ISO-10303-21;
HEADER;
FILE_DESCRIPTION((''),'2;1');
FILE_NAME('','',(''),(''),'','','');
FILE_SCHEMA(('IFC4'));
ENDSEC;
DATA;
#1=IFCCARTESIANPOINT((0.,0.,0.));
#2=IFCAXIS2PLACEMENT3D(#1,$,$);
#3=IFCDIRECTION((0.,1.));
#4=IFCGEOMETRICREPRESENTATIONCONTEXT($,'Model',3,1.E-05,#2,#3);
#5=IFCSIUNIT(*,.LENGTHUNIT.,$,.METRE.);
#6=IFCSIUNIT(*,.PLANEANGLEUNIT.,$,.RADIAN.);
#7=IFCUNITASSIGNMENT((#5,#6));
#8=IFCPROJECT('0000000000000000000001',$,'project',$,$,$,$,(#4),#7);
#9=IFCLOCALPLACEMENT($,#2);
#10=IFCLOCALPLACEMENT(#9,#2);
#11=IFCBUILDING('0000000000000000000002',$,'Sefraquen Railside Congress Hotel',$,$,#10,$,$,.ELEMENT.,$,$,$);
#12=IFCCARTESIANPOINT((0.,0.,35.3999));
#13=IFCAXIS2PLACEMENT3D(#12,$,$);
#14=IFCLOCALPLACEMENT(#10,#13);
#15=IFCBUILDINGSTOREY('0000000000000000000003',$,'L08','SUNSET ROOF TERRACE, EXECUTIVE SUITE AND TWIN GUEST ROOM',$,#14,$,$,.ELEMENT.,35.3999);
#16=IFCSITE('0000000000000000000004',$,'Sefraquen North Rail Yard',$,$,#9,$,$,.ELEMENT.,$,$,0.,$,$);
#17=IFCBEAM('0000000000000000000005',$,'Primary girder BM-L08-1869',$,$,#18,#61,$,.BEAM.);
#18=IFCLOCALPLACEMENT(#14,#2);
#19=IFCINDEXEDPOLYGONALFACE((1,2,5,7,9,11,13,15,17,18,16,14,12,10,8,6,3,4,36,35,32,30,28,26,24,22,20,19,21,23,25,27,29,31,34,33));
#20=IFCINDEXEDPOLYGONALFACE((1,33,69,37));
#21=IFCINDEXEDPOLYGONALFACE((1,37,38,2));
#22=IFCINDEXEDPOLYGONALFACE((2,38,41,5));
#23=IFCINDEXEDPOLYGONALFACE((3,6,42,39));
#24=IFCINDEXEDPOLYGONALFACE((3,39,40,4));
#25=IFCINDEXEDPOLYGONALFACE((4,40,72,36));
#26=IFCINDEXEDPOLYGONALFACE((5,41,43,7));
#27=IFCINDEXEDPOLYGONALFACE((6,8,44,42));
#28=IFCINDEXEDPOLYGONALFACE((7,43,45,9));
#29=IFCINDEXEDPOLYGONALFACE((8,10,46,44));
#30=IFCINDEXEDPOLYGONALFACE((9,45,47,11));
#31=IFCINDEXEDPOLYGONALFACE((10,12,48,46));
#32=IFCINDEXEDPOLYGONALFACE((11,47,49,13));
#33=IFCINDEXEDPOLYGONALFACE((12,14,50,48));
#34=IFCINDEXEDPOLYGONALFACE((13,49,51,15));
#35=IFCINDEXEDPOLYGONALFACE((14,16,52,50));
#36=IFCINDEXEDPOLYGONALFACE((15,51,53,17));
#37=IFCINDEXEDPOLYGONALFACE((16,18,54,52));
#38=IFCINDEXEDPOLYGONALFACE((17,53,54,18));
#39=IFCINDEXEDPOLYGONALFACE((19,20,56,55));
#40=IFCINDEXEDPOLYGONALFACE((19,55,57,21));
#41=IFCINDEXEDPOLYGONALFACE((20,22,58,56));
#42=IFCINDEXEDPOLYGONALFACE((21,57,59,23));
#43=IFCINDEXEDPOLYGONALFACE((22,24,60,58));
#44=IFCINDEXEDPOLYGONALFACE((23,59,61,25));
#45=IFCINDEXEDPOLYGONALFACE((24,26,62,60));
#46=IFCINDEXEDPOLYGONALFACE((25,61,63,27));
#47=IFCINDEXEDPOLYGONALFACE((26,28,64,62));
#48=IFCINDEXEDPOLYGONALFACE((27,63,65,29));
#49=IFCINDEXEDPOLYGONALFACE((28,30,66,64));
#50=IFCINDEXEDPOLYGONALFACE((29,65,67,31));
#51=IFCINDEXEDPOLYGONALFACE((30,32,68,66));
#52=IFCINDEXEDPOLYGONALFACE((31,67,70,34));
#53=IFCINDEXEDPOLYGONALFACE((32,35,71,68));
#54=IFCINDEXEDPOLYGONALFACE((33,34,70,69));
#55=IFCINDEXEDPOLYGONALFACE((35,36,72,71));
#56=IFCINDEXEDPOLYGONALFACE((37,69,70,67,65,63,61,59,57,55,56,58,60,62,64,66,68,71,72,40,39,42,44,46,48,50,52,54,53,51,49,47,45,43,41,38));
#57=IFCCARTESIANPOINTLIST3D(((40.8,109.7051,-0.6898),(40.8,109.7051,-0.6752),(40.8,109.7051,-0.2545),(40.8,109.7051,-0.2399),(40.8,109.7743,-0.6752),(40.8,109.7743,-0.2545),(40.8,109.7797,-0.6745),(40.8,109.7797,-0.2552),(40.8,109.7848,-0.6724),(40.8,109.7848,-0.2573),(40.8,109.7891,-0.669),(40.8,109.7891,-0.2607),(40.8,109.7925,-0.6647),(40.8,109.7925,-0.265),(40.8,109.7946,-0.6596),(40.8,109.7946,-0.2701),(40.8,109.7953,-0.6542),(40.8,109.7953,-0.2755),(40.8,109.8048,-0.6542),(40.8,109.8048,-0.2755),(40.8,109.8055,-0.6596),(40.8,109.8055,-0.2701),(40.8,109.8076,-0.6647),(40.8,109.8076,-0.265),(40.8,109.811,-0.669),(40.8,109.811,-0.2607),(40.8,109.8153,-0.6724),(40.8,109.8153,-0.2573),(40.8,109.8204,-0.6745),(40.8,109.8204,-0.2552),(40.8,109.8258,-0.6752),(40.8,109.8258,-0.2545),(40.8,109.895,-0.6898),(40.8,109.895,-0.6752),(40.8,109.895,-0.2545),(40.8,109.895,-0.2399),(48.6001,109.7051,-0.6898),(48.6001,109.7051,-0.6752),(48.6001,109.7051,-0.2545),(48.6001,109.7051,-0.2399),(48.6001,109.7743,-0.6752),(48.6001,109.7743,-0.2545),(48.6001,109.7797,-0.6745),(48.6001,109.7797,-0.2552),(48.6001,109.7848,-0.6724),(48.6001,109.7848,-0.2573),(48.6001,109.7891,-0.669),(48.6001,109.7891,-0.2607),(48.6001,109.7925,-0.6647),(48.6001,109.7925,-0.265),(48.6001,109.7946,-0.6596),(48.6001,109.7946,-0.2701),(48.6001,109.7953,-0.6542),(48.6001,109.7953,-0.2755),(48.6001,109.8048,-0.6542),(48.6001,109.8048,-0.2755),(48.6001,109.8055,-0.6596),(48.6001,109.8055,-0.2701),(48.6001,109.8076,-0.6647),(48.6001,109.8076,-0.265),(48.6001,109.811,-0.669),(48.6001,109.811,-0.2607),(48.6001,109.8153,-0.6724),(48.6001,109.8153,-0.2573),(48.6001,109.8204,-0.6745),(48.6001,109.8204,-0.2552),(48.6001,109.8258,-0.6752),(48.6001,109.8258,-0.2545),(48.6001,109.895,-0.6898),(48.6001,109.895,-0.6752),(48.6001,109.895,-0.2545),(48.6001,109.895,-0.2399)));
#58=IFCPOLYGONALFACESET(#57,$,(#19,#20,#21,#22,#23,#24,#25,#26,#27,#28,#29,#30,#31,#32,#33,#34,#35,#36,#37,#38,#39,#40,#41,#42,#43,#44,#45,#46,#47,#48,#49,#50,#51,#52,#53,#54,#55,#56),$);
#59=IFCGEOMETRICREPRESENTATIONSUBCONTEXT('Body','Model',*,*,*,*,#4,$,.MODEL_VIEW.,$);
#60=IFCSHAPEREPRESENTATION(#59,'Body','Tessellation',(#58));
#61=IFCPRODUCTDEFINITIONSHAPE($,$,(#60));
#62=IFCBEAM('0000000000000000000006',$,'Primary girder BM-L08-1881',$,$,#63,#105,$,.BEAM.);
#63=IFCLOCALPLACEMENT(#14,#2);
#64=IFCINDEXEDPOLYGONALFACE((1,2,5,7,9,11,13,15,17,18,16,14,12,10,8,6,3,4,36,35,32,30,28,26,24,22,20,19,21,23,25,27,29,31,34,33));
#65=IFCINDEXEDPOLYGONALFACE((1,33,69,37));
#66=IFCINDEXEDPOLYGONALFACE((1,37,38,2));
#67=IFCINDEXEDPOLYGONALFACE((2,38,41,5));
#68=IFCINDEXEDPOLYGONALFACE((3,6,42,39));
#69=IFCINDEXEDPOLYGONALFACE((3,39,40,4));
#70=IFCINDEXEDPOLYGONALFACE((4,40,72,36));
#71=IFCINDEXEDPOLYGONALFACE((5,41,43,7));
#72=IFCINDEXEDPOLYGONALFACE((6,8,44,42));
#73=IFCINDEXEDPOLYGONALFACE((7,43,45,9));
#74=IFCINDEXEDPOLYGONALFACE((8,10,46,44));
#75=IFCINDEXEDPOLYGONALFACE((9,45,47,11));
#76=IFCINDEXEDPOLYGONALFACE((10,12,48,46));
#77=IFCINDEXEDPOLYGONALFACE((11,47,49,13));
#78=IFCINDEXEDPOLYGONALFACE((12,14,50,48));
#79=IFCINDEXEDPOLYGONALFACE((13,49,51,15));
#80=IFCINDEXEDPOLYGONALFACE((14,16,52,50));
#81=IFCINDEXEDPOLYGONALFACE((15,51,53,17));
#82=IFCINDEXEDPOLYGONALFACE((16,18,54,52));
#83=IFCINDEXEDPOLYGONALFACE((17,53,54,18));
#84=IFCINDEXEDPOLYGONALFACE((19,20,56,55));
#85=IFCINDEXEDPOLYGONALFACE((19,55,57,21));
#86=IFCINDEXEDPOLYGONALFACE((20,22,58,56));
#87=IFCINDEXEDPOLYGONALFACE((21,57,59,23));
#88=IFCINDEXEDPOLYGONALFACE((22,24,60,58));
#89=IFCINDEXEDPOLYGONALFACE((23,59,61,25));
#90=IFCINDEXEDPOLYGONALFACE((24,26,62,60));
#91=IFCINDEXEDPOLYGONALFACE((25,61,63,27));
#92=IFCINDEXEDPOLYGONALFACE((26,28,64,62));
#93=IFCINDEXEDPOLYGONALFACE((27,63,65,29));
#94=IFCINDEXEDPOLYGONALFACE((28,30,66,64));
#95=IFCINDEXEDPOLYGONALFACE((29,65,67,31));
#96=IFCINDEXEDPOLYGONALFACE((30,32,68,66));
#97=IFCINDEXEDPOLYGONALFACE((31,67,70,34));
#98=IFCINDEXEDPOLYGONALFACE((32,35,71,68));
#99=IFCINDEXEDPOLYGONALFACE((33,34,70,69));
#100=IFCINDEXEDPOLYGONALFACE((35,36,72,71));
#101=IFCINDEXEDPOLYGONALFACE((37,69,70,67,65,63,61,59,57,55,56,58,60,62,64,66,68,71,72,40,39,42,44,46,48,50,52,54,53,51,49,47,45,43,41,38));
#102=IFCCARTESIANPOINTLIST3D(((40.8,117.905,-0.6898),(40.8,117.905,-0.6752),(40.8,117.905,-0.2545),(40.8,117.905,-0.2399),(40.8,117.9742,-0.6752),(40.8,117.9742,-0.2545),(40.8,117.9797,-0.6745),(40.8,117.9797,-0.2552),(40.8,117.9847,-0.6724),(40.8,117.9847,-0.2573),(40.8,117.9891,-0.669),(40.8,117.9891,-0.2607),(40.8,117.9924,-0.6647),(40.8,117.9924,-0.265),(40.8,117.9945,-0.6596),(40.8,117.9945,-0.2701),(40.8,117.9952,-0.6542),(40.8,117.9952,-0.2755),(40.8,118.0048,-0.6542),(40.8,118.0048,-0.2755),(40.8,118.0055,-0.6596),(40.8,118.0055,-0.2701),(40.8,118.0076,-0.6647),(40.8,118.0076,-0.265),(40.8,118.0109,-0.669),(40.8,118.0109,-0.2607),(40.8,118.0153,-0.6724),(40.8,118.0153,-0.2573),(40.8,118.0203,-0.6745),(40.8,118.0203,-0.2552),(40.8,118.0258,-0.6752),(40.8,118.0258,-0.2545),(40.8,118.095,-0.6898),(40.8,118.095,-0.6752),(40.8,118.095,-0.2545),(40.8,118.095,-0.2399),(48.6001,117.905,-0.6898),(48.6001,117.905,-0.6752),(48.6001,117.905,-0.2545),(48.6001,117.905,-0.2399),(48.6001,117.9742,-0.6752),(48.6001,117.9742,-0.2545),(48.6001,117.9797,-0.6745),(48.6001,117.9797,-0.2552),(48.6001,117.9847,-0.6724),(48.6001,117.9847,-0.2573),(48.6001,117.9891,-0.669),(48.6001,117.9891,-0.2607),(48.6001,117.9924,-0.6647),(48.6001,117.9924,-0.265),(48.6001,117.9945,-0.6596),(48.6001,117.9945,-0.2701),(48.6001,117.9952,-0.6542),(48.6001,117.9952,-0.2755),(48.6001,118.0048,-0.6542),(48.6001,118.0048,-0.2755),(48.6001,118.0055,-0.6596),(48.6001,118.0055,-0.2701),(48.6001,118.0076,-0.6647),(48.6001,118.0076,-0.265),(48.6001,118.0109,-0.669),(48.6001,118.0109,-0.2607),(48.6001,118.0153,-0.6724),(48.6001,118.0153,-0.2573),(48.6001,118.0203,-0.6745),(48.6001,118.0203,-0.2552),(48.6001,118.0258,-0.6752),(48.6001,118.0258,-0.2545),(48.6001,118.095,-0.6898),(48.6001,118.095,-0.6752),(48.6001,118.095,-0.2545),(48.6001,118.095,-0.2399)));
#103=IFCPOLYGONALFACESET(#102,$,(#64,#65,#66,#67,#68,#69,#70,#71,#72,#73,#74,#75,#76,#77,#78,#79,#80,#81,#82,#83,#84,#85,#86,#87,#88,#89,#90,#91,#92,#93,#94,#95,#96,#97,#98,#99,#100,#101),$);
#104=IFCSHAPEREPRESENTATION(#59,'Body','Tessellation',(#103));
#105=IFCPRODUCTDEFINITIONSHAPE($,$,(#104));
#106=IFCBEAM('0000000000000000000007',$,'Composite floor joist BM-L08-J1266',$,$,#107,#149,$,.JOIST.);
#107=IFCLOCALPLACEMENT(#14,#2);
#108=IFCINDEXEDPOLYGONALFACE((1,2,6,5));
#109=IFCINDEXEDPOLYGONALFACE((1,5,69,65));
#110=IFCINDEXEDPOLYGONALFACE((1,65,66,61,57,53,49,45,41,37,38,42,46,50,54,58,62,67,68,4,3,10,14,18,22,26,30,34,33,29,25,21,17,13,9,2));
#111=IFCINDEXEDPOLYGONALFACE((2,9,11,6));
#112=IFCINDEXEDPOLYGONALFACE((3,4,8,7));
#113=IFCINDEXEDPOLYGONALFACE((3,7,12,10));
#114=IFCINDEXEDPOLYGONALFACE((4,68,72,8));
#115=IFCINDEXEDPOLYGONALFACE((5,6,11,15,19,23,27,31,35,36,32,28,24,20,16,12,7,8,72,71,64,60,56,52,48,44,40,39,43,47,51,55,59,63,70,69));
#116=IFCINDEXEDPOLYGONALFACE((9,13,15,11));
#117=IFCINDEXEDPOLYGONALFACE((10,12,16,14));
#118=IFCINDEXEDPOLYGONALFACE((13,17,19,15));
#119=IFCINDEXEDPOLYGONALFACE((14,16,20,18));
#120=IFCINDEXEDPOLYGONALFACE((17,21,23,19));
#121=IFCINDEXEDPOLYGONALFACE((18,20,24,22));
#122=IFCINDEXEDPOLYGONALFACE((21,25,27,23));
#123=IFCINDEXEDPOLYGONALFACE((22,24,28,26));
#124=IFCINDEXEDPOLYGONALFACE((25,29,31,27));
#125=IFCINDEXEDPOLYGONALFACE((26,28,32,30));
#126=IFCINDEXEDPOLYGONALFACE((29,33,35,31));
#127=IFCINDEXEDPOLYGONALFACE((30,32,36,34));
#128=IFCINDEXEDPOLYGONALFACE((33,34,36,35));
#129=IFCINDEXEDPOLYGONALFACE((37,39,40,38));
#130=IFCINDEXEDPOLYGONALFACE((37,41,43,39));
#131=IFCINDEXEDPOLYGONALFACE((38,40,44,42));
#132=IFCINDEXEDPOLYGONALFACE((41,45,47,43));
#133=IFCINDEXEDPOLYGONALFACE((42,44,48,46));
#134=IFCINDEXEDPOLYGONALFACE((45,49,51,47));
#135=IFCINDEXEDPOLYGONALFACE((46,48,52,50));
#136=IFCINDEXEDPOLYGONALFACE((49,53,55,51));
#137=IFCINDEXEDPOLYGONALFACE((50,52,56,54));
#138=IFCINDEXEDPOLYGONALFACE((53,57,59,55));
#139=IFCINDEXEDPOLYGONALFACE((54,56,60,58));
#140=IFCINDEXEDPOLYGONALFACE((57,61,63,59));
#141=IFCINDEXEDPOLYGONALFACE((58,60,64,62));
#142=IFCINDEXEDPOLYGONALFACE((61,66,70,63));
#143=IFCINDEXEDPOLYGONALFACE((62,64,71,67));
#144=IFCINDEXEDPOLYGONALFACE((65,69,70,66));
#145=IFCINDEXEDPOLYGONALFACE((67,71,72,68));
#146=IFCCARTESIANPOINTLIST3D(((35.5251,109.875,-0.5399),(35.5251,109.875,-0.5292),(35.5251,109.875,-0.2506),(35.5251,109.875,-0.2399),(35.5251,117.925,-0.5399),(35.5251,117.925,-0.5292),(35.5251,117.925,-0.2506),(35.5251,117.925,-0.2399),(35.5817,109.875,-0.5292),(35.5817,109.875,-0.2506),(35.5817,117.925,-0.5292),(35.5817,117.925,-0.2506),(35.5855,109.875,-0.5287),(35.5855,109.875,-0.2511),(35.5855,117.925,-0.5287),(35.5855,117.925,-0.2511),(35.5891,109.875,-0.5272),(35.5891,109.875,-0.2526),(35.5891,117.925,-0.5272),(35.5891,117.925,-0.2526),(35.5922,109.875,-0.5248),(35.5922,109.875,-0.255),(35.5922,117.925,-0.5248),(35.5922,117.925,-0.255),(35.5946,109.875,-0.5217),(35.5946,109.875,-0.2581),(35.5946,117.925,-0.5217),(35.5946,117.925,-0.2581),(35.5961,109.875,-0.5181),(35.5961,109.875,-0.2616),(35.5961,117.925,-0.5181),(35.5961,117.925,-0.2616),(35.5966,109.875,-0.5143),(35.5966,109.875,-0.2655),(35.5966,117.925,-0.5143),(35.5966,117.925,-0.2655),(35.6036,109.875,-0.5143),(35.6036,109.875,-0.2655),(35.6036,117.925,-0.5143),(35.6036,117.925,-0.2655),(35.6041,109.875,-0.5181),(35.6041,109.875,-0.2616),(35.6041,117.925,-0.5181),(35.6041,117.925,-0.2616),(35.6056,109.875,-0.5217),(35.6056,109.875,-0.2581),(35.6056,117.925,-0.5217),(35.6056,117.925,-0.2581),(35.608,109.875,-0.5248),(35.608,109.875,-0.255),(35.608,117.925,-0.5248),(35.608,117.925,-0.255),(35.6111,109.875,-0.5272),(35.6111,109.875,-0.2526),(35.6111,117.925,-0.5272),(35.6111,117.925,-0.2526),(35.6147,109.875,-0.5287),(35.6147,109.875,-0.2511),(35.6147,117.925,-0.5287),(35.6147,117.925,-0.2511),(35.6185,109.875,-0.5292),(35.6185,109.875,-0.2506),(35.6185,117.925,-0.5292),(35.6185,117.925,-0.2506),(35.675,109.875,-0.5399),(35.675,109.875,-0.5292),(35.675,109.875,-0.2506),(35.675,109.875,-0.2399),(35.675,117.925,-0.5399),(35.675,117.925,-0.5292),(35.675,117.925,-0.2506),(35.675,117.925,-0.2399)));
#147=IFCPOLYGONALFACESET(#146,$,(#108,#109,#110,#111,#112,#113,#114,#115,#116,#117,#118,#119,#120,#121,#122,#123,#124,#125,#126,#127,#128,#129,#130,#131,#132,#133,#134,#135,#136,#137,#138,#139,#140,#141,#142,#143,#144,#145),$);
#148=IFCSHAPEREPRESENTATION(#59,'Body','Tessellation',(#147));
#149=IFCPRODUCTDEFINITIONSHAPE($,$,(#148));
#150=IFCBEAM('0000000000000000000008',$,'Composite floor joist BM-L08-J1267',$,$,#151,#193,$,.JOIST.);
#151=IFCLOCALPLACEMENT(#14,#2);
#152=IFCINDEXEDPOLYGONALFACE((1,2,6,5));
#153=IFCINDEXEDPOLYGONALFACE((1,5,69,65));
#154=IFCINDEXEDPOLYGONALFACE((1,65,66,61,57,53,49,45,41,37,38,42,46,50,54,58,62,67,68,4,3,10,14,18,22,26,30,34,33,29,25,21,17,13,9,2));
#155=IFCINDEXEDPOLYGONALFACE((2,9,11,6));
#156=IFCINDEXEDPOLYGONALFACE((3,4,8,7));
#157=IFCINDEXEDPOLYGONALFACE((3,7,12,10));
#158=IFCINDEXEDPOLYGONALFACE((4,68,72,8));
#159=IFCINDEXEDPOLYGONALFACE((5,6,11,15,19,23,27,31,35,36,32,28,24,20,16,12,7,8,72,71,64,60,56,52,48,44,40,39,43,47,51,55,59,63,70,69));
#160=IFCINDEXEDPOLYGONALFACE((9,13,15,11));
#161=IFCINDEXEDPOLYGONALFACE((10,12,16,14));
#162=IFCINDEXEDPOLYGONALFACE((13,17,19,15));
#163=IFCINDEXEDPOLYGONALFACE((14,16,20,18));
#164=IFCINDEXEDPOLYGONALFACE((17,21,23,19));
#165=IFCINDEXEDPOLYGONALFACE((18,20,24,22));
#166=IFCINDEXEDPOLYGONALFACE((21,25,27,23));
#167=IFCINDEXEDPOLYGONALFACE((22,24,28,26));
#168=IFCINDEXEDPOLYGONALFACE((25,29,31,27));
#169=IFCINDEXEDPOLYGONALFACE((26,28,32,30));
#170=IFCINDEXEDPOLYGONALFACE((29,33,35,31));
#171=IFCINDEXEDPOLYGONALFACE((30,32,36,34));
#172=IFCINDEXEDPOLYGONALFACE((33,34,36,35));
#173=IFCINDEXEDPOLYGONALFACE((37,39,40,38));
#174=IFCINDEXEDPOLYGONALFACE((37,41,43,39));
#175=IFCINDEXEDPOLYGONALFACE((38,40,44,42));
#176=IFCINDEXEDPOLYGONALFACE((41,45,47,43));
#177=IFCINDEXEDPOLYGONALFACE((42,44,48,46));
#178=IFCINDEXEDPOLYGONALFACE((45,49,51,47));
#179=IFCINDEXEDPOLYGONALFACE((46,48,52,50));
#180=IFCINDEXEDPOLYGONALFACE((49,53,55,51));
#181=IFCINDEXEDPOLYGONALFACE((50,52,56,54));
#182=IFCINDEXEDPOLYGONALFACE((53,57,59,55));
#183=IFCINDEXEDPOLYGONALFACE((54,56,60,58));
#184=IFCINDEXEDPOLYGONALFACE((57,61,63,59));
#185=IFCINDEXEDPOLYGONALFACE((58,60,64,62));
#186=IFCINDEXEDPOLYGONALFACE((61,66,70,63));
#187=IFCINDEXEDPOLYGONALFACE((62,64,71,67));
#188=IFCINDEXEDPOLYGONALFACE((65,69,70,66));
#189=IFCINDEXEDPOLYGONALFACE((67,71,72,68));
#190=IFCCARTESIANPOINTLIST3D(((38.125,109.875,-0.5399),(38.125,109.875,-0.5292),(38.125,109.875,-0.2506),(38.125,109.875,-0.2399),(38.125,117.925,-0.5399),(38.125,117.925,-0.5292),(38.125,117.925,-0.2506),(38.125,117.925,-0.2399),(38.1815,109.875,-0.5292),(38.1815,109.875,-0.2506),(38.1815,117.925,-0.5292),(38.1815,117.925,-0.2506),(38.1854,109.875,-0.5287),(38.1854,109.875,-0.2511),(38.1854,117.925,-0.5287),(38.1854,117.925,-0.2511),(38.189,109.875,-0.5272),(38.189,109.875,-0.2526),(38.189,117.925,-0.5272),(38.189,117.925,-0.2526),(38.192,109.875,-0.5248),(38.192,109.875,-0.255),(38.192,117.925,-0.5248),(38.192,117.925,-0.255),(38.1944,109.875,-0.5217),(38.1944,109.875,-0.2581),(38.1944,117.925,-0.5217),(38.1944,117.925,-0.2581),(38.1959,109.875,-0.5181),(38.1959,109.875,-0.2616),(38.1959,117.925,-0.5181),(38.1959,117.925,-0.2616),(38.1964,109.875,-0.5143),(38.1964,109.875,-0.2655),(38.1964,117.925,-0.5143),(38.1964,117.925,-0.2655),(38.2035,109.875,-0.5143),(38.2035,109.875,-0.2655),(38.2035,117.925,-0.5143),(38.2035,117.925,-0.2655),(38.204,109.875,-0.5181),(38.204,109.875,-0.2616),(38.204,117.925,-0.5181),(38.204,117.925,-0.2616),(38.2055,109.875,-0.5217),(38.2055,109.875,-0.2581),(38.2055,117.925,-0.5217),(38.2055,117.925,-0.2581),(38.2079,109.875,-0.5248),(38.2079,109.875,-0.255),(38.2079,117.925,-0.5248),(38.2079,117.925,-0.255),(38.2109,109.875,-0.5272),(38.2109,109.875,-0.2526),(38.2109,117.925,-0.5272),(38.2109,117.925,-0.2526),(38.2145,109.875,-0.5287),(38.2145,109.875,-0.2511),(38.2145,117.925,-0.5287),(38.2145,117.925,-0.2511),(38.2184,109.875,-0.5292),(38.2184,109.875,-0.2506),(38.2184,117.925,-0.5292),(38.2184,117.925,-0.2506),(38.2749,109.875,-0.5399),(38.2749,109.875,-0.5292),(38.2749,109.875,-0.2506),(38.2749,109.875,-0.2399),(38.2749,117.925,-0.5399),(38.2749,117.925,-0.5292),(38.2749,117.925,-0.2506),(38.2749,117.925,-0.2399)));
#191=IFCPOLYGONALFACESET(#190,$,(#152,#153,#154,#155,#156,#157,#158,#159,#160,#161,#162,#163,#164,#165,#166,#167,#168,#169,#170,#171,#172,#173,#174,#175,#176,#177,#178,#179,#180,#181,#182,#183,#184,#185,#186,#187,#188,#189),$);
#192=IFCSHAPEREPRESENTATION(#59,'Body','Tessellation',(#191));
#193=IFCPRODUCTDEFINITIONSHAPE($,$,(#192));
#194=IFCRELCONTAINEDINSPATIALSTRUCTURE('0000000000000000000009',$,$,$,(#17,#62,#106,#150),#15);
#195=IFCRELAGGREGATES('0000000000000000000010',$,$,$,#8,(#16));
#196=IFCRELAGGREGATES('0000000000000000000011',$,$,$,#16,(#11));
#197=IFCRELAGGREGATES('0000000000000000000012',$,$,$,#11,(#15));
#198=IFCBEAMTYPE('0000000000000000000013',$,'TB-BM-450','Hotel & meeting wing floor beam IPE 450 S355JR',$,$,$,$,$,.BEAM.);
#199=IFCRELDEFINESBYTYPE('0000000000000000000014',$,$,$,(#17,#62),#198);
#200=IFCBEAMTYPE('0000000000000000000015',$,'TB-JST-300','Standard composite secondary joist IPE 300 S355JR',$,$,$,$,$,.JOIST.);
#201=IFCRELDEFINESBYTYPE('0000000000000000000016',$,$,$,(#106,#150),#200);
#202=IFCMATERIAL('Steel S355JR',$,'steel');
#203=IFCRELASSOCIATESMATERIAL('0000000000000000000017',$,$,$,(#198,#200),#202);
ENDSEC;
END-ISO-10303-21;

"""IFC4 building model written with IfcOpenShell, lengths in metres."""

from ifc_helpers import new_model, si_unit, direction, frame, origin, origin_2d, place, context, subcontext, project, spatial, i_section, extrude, material, material_profile, profile_set, type_object, element, save


model = new_model("IFC4")

# Units and contexts
model_context = context("Model", 3, precision=1e-05, world=origin(), true_north=direction((0.0, 1.0)))
body_context = subcontext(model_context, "Body", "Model", "MODEL_VIEW")
ifc_project = project(units=[si_unit("LENGTHUNIT", "METRE"), si_unit("PLANEANGLEUNIT", "RADIAN")], contexts=[model_context])

# Site, building, storey
site_placement = place(None, origin())
site = spatial("IfcSite", under=ifc_project, at=site_placement, Name="Sefraquen North Rail Yard", CompositionType="ELEMENT", RefElevation=0.0)
building_placement = place(site_placement, origin())
building = spatial("IfcBuilding", under=site, at=building_placement, Name="Sefraquen Railside Congress Hotel", CompositionType="ELEMENT")
storey_placement = place(building_placement, frame((0.0, 0.0, 35.3999)))
storey = spatial("IfcBuildingStorey", under=building, at=storey_placement, Name="L08", Description="SUNSET ROOF TERRACE, EXECUTIVE SUITE AND TWIN GUEST ROOM", CompositionType="ELEMENT", Elevation=35.3999)

# Shared definitions
ifc_material_1 = material(Name="Steel S355JR", Category="steel")

# Beams
ifc_material_profile_1 = material_profile(ifc_material_1, i_section(OverallWidth=0.1899, OverallDepth=0.45, WebThickness=0.0095, FlangeThickness=0.0146, FilletRadius=0.021, at=origin_2d()), Name="IPE 450")
ifc_profile_set_1 = profile_set([ifc_material_profile_1], Name="Steel S355JR")
beam_type_1 = type_object("IfcBeamType", Name="TB-BM-450", Description="Hotel & meeting wing floor beam IPE 450 S355JR", PredefinedType="BEAM", material=ifc_profile_set_1)
for number, where, z_axis, x_axis, name in (
    (1, (40.8, 109.8, -0.4648), (1.0, 0.0, 0.0), (0.0, 1.0, 0.0), "Primary girder BM-L08-1869"),
    (2, (40.8, 118.0, -0.4648), (1.0, 0.0, 0.0), (0.0, 1.0, 0.0), "Primary girder BM-L08-1881"),
):
    element("IfcBeam", number, at=place(storey_placement, frame(where, z_axis=z_axis, x_axis=x_axis)), inside=storey, type_object=beam_type_1, Name=name, PredefinedType="BEAM", context=body_context, shape_type="SweptSolid", body=[
        extrude(i_section(OverallWidth=0.1899, OverallDepth=0.45, WebThickness=0.0095, FlangeThickness=0.0146, FilletRadius=0.021, at=origin_2d()), origin(), (0.0, 0.0, 1.0), 7.8),
    ])
ifc_material_profile_2 = material_profile(ifc_material_1, i_section(OverallWidth=0.1499, OverallDepth=0.3, WebThickness=0.0071, FlangeThickness=0.0107, FilletRadius=0.0149, at=origin_2d()), Name="IPE 300")
ifc_profile_set_2 = profile_set([ifc_material_profile_2], Name="Steel S355JR")
beam_type_2 = type_object("IfcBeamType", Name="TB-JST-300", Description="Standard composite secondary joist IPE 300 S355JR", PredefinedType="JOIST", material=ifc_profile_set_2)
for number, where, z_axis, x_axis, name in (
    (3, (35.6001, 109.875, -0.3899), (0.0, 1.0, 0.0), (-1.0, 0.0, 0.0), "Composite floor joist BM-L08-J1266"),
    (4, (38.2, 109.875, -0.3899), (0.0, 1.0, 0.0), (-1.0, 0.0, 0.0), "Composite floor joist BM-L08-J1267"),
):
    element("IfcBeam", number, at=place(storey_placement, frame(where, z_axis=z_axis, x_axis=x_axis)), inside=storey, type_object=beam_type_2, Name=name, PredefinedType="JOIST", context=body_context, shape_type="SweptSolid", body=[
        extrude(i_section(OverallWidth=0.1499, OverallDepth=0.3, WebThickness=0.0071, FlangeThickness=0.0107, FilletRadius=0.0149, at=origin_2d()), origin(), (0.0, 0.0, 1.0), 8.05),
    ])

save(model, "model.ifc")
